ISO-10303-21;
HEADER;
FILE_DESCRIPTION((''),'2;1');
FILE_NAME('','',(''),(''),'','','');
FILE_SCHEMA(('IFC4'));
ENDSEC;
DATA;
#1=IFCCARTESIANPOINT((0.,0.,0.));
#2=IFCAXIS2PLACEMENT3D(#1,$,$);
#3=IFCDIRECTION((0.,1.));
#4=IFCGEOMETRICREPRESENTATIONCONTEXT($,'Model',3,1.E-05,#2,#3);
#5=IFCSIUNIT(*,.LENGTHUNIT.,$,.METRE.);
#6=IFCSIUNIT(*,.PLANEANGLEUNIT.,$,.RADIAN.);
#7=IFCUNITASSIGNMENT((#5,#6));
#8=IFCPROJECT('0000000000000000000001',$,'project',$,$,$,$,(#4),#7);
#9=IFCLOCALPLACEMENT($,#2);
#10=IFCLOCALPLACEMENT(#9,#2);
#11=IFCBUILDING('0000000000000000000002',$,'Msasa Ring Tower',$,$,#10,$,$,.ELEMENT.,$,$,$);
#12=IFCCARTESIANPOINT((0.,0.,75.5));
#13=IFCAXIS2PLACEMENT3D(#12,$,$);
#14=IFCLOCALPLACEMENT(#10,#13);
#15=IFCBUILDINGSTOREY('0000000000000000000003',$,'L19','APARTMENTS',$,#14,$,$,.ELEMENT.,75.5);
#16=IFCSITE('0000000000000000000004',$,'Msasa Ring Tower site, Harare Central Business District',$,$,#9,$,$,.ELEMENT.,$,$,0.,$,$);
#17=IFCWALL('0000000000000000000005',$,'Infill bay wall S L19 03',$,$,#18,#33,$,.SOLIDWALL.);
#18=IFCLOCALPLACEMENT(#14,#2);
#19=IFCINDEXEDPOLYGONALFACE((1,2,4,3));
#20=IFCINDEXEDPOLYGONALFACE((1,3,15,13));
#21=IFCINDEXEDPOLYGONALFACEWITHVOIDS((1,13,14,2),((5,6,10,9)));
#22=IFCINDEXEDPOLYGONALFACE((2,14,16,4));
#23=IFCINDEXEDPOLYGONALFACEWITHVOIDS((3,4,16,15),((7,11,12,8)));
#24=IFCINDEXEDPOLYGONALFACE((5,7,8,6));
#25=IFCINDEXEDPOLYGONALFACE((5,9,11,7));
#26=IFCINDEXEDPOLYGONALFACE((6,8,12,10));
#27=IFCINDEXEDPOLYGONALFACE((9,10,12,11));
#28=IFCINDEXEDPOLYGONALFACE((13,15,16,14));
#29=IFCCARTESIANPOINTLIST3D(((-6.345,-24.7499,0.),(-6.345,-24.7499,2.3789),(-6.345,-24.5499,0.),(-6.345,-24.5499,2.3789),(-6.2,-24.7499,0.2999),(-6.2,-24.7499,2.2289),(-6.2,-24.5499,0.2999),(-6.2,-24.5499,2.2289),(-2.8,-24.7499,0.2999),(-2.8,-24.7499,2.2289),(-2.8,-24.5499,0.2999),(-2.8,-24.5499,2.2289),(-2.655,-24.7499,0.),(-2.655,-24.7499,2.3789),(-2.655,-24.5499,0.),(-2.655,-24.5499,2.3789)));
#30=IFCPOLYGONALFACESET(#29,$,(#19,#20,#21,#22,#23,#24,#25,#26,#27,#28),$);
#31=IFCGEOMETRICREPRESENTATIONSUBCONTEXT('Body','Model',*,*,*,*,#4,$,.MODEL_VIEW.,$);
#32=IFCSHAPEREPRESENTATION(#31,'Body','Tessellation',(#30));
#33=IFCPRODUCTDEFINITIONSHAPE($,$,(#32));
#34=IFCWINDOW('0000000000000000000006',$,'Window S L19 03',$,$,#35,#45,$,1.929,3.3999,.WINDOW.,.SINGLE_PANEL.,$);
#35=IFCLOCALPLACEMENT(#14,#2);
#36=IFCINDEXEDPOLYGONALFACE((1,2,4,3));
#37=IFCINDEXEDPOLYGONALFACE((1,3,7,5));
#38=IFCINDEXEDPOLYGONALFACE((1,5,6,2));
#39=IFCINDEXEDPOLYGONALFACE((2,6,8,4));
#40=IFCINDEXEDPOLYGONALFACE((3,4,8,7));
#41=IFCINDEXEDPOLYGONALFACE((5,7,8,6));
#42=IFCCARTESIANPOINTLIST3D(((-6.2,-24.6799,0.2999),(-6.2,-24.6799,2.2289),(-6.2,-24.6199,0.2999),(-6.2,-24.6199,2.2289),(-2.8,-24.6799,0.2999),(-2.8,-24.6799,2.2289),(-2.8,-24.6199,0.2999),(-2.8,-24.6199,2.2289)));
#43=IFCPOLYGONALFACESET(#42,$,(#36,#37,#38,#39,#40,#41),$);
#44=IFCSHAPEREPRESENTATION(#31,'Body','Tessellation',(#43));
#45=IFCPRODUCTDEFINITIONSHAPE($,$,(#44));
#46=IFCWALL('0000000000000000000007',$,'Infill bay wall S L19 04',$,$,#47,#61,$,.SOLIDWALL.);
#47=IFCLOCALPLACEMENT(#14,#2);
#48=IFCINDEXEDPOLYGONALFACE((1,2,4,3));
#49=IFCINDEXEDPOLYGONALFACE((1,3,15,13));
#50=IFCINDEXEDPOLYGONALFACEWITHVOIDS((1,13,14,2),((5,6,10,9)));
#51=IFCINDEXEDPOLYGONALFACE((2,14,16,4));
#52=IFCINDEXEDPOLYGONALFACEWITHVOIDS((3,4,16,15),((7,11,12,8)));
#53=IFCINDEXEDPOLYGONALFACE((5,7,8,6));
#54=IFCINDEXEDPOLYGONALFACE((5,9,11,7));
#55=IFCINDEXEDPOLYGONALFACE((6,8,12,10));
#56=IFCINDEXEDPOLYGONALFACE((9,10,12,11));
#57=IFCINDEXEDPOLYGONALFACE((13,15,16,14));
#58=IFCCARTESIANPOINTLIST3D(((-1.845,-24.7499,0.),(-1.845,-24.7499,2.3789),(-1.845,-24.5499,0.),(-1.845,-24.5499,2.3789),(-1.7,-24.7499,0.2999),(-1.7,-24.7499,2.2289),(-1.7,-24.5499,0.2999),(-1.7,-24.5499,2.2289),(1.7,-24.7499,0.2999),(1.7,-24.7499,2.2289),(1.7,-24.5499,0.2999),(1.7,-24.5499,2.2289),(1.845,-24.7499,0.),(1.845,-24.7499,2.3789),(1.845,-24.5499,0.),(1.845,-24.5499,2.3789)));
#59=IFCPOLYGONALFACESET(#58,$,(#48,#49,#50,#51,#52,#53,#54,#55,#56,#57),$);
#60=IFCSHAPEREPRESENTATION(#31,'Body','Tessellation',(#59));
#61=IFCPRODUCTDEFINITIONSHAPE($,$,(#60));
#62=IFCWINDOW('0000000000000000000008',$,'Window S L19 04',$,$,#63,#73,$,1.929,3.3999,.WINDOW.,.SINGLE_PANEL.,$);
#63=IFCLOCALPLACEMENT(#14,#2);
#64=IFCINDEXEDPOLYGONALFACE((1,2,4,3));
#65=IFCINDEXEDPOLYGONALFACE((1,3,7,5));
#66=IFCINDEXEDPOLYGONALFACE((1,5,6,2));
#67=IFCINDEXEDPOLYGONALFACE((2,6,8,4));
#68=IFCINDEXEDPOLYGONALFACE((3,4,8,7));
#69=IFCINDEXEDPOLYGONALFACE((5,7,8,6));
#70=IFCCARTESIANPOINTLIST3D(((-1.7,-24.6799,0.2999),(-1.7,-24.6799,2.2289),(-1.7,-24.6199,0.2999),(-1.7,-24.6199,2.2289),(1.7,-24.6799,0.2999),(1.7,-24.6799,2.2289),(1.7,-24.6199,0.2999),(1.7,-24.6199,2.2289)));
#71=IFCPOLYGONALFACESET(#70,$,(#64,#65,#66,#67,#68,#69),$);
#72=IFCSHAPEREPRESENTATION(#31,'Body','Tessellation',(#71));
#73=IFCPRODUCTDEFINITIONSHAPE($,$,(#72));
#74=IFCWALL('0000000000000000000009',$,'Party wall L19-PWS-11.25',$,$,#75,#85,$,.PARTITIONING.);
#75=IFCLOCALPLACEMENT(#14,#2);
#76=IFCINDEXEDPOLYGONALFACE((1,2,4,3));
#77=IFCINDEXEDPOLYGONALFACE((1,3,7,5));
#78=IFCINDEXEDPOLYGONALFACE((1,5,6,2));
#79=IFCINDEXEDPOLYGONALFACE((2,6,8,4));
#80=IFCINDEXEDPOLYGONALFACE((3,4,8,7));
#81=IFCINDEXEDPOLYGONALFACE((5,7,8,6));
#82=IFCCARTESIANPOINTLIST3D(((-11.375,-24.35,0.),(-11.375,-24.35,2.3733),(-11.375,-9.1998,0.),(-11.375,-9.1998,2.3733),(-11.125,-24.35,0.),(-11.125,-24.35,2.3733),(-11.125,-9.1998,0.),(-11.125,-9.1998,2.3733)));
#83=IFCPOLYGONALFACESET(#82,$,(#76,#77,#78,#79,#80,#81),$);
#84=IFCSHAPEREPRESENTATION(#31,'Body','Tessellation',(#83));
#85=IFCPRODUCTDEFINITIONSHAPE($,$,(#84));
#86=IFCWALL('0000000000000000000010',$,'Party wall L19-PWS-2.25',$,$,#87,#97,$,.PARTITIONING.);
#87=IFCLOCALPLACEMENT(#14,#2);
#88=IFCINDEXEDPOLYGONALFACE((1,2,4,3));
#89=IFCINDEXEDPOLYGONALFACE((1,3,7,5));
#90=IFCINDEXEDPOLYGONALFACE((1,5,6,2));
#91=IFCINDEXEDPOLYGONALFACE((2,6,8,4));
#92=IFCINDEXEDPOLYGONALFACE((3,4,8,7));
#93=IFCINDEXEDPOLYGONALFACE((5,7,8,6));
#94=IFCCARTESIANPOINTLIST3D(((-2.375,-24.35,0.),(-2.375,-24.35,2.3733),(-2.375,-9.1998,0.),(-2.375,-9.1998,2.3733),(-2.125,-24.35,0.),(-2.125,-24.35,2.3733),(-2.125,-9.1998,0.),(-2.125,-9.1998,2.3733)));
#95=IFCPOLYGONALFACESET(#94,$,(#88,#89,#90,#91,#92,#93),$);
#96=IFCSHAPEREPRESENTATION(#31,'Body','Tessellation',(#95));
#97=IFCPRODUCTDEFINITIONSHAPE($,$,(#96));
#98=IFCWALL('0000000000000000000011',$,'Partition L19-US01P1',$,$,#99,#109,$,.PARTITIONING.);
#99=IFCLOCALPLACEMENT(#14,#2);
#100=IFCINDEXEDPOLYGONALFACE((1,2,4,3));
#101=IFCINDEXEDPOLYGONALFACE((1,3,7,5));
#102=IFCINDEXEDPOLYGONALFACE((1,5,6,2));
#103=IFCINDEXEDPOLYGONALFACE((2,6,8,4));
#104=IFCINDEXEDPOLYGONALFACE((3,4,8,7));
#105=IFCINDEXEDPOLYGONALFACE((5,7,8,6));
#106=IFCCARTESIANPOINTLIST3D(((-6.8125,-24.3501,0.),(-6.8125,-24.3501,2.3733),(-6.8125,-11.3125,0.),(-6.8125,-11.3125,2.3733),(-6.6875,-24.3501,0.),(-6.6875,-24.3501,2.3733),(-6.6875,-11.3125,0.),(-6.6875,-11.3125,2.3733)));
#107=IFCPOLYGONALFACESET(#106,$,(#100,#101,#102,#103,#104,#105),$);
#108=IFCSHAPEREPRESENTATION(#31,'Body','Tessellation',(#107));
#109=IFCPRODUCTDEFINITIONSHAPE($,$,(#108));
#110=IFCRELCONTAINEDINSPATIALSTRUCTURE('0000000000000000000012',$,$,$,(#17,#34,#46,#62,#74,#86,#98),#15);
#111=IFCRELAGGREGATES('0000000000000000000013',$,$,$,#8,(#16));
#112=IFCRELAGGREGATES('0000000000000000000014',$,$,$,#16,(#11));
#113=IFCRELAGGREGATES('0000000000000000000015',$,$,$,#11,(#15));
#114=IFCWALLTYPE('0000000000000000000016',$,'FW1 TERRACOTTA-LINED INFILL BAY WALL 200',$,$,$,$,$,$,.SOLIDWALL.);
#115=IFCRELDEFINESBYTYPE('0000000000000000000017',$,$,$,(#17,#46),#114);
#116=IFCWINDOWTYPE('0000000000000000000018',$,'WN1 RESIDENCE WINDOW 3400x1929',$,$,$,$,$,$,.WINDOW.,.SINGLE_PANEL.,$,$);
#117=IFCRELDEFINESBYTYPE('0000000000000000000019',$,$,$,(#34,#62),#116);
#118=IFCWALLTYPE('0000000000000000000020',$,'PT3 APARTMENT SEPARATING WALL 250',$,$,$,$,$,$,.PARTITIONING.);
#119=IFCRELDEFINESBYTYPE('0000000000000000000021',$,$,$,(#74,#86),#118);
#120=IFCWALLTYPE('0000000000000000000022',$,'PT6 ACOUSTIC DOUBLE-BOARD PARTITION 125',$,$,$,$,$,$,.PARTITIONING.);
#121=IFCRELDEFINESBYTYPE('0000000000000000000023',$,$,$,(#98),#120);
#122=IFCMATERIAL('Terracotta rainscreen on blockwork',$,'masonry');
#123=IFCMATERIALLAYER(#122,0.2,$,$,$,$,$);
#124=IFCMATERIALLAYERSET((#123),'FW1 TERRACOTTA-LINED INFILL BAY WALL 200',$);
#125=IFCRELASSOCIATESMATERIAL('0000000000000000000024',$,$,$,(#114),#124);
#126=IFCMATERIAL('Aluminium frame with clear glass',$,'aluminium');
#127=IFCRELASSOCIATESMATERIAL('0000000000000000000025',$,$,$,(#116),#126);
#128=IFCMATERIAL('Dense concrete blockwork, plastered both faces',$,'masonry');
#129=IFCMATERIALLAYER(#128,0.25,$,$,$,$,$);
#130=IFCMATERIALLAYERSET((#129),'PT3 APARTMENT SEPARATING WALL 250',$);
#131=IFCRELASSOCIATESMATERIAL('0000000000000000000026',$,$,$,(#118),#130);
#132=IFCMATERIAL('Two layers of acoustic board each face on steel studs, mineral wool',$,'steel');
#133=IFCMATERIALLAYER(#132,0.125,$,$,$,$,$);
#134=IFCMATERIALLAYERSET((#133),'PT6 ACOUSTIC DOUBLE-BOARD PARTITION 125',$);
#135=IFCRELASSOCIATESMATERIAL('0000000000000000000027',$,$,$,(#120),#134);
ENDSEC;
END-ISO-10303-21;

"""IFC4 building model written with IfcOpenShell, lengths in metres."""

from ifc_helpers import new_model, si_unit, direction, frame, frame_2d, origin, place, context, subcontext, project, spatial, rectangle, extrude, material, layer, layer_set, type_object, element, fill, save


model = new_model("IFC4")

# Units and contexts
model_context = context("Model", 3, precision=1e-05, world=origin(), true_north=direction((0.0, 1.0)))
body_context = subcontext(model_context, "Body", "Model", "MODEL_VIEW")
ifc_project = project(units=[si_unit("LENGTHUNIT", "METRE"), si_unit("PLANEANGLEUNIT", "RADIAN")], contexts=[model_context])

# Site, building, storey
site_placement = place(None, origin())
site = spatial("IfcSite", under=ifc_project, at=site_placement, Name="Msasa Ring Tower site, Harare Central Business District", CompositionType="ELEMENT", RefElevation=0.0)
building_placement = place(site_placement, origin())
building = spatial("IfcBuilding", under=site, at=building_placement, Name="Msasa Ring Tower", CompositionType="ELEMENT")
storey_placement = place(building_placement, frame((0.0, 0.0, 75.5)))
storey = spatial("IfcBuildingStorey", under=building, at=storey_placement, Name="L19", Description="APARTMENTS", CompositionType="ELEMENT", Elevation=75.5)

# Walls, openings, windows
ifc_material_1 = material(Name="Terracotta rainscreen on blockwork", Category="masonry")
ifc_layer_1 = layer(ifc_material_1, 0.2)
ifc_layer_set_1 = layer_set([ifc_layer_1], Name="FW1 TERRACOTTA-LINED INFILL BAY WALL 200")
wall_type_1 = type_object("IfcWallType", Name="FW1 TERRACOTTA-LINED INFILL BAY WALL 200", PredefinedType="SOLIDWALL", material=ifc_layer_set_1)
ifc_material_2 = material(Name="Aluminium frame with clear glass", Category="aluminium")
window_type = type_object("IfcWindowType", Name="WN1 RESIDENCE WINDOW 3400x1929", PartitioningType="SINGLE_PANEL", PredefinedType="WINDOW", material=ifc_material_2)
wall_1_placement = place(storey_placement, frame((-6.345, -24.6499, 0.0), z_axis=(0.0, 0.0, 1.0), x_axis=(1.0, 0.0, 0.0)))
wall_1 = element("IfcWall", 1, at=wall_1_placement, inside=storey, type_object=wall_type_1, Name="Infill bay wall S L19 03", PredefinedType="SOLIDWALL", context=body_context, shape_type="SweptSolid", body=[
    extrude(rectangle(XDim=3.6899, YDim=0.2, at=frame_2d((1.845, 0.0))), origin(), (0.0, 0.0, 1.0), 2.3789),
])
opening_1_placement = place(wall_1_placement, frame((0.145, 0.0, 0.3)))
opening_1 = element("IfcOpeningElement", 2, at=opening_1_placement, cuts=wall_1, PredefinedType="OPENING", context=body_context, shape_type="SweptSolid", body=[
    extrude(rectangle(XDim=3.3999, YDim=1.929, at=frame_2d((1.7, 0.9644))), frame((0.0, 0.1099, 0.0), z_axis=(0.0, -1.0, 0.0), x_axis=(1.0, 0.0, 0.0)), (0.0, 0.0, 1.0), 0.22),
])
window_1_placement = place(opening_1_placement, origin())
window_1 = element("IfcWindow", 3, at=window_1_placement, inside=storey, type_object=window_type, Name="Window S L19 03", OverallHeight=1.929, OverallWidth=3.3999, PartitioningType="SINGLE_PANEL", PredefinedType="WINDOW", context=body_context, shape_type="SweptSolid", body=[
    extrude(rectangle(XDim=3.3999, YDim=1.929, at=frame_2d((1.7, 0.9644))), frame((0.0, 0.03, 0.0), z_axis=(0.0, -1.0, 0.0), x_axis=(1.0, 0.0, 0.0)), (0.0, 0.0, 1.0), 0.0601),
])
fill(opening_1, window_1)
wall_2_placement = place(storey_placement, frame((-1.845, -24.6499, 0.0), z_axis=(0.0, 0.0, 1.0), x_axis=(1.0, 0.0, 0.0)))
wall_2 = element("IfcWall", 4, at=wall_2_placement, inside=storey, type_object=wall_type_1, Name="Infill bay wall S L19 04", PredefinedType="SOLIDWALL", context=body_context, shape_type="SweptSolid", body=[
    extrude(rectangle(XDim=3.6899, YDim=0.2, at=frame_2d((1.845, 0.0))), origin(), (0.0, 0.0, 1.0), 2.3789),
])
opening_2_placement = place(wall_2_placement, frame((0.145, 0.0, 0.3)))
opening_2 = element("IfcOpeningElement", 5, at=opening_2_placement, cuts=wall_2, PredefinedType="OPENING", context=body_context, shape_type="SweptSolid", body=[
    extrude(rectangle(XDim=3.3999, YDim=1.929, at=frame_2d((1.7, 0.9644))), frame((0.0, 0.1099, 0.0), z_axis=(0.0, -1.0, 0.0), x_axis=(1.0, 0.0, 0.0)), (0.0, 0.0, 1.0), 0.22),
])
window_2_placement = place(opening_2_placement, origin())
window_2 = element("IfcWindow", 6, at=window_2_placement, inside=storey, type_object=window_type, Name="Window S L19 04", OverallHeight=1.929, OverallWidth=3.3999, PartitioningType="SINGLE_PANEL", PredefinedType="WINDOW", context=body_context, shape_type="SweptSolid", body=[
    extrude(rectangle(XDim=3.3999, YDim=1.929, at=frame_2d((1.7, 0.9644))), frame((0.0, 0.03, 0.0), z_axis=(0.0, -1.0, 0.0), x_axis=(1.0, 0.0, 0.0)), (0.0, 0.0, 1.0), 0.0601),
])
fill(opening_2, window_2)

# Walls
ifc_material_3 = material(Name="Dense concrete blockwork, plastered both faces", Category="masonry")
ifc_layer_2 = layer(ifc_material_3, 0.25)
ifc_layer_set_2 = layer_set([ifc_layer_2], Name="PT3 APARTMENT SEPARATING WALL 250")
wall_type_2 = type_object("IfcWallType", Name="PT3 APARTMENT SEPARATING WALL 250", PredefinedType="PARTITIONING", material=ifc_layer_set_2)
for number, where, z_axis, x_axis, name in (
    (7, (-11.25, -24.3501, 0.0), (0.0, 0.0, 1.0), (0.0, 1.0, 0.0), "Party wall L19-PWS-11.25"),
    (8, (-2.25, -24.3501, 0.0), (0.0, 0.0, 1.0), (0.0, 1.0, 0.0), "Party wall L19-PWS-2.25"),
):
    element("IfcWall", number, at=place(storey_placement, frame(where, z_axis=z_axis, x_axis=x_axis)), inside=storey, type_object=wall_type_2, Name=name, PredefinedType="PARTITIONING", context=body_context, shape_type="SweptSolid", body=[
        extrude(rectangle(XDim=15.1501, YDim=0.25, at=frame_2d((7.5752, 0.0))), origin(), (0.0, 0.0, 1.0), 2.3733),
    ])
ifc_material_4 = material(Name="Two layers of acoustic board each face on steel studs, mineral wool", Category="steel")
ifc_layer_3 = layer(ifc_material_4, 0.125)
ifc_layer_set_3 = layer_set([ifc_layer_3], Name="PT6 ACOUSTIC DOUBLE-BOARD PARTITION 125")
wall_type_3 = type_object("IfcWallType", Name="PT6 ACOUSTIC DOUBLE-BOARD PARTITION 125", PredefinedType="PARTITIONING", material=ifc_layer_set_3)
wall_3_placement = place(storey_placement, frame((-6.75, -24.3501, 0.0), z_axis=(0.0, 0.0, 1.0), x_axis=(0.0, 1.0, 0.0)))
element("IfcWall", 9, at=wall_3_placement, inside=storey, type_object=wall_type_3, Name="Partition L19-US01P1", PredefinedType="PARTITIONING", context=body_context, shape_type="SweptSolid", body=[
    extrude(rectangle(XDim=13.0376, YDim=0.125, at=frame_2d((6.5188, 0.0))), origin(), (0.0, 0.0, 1.0), 2.3733),
])

save(model, "model.ifc")
